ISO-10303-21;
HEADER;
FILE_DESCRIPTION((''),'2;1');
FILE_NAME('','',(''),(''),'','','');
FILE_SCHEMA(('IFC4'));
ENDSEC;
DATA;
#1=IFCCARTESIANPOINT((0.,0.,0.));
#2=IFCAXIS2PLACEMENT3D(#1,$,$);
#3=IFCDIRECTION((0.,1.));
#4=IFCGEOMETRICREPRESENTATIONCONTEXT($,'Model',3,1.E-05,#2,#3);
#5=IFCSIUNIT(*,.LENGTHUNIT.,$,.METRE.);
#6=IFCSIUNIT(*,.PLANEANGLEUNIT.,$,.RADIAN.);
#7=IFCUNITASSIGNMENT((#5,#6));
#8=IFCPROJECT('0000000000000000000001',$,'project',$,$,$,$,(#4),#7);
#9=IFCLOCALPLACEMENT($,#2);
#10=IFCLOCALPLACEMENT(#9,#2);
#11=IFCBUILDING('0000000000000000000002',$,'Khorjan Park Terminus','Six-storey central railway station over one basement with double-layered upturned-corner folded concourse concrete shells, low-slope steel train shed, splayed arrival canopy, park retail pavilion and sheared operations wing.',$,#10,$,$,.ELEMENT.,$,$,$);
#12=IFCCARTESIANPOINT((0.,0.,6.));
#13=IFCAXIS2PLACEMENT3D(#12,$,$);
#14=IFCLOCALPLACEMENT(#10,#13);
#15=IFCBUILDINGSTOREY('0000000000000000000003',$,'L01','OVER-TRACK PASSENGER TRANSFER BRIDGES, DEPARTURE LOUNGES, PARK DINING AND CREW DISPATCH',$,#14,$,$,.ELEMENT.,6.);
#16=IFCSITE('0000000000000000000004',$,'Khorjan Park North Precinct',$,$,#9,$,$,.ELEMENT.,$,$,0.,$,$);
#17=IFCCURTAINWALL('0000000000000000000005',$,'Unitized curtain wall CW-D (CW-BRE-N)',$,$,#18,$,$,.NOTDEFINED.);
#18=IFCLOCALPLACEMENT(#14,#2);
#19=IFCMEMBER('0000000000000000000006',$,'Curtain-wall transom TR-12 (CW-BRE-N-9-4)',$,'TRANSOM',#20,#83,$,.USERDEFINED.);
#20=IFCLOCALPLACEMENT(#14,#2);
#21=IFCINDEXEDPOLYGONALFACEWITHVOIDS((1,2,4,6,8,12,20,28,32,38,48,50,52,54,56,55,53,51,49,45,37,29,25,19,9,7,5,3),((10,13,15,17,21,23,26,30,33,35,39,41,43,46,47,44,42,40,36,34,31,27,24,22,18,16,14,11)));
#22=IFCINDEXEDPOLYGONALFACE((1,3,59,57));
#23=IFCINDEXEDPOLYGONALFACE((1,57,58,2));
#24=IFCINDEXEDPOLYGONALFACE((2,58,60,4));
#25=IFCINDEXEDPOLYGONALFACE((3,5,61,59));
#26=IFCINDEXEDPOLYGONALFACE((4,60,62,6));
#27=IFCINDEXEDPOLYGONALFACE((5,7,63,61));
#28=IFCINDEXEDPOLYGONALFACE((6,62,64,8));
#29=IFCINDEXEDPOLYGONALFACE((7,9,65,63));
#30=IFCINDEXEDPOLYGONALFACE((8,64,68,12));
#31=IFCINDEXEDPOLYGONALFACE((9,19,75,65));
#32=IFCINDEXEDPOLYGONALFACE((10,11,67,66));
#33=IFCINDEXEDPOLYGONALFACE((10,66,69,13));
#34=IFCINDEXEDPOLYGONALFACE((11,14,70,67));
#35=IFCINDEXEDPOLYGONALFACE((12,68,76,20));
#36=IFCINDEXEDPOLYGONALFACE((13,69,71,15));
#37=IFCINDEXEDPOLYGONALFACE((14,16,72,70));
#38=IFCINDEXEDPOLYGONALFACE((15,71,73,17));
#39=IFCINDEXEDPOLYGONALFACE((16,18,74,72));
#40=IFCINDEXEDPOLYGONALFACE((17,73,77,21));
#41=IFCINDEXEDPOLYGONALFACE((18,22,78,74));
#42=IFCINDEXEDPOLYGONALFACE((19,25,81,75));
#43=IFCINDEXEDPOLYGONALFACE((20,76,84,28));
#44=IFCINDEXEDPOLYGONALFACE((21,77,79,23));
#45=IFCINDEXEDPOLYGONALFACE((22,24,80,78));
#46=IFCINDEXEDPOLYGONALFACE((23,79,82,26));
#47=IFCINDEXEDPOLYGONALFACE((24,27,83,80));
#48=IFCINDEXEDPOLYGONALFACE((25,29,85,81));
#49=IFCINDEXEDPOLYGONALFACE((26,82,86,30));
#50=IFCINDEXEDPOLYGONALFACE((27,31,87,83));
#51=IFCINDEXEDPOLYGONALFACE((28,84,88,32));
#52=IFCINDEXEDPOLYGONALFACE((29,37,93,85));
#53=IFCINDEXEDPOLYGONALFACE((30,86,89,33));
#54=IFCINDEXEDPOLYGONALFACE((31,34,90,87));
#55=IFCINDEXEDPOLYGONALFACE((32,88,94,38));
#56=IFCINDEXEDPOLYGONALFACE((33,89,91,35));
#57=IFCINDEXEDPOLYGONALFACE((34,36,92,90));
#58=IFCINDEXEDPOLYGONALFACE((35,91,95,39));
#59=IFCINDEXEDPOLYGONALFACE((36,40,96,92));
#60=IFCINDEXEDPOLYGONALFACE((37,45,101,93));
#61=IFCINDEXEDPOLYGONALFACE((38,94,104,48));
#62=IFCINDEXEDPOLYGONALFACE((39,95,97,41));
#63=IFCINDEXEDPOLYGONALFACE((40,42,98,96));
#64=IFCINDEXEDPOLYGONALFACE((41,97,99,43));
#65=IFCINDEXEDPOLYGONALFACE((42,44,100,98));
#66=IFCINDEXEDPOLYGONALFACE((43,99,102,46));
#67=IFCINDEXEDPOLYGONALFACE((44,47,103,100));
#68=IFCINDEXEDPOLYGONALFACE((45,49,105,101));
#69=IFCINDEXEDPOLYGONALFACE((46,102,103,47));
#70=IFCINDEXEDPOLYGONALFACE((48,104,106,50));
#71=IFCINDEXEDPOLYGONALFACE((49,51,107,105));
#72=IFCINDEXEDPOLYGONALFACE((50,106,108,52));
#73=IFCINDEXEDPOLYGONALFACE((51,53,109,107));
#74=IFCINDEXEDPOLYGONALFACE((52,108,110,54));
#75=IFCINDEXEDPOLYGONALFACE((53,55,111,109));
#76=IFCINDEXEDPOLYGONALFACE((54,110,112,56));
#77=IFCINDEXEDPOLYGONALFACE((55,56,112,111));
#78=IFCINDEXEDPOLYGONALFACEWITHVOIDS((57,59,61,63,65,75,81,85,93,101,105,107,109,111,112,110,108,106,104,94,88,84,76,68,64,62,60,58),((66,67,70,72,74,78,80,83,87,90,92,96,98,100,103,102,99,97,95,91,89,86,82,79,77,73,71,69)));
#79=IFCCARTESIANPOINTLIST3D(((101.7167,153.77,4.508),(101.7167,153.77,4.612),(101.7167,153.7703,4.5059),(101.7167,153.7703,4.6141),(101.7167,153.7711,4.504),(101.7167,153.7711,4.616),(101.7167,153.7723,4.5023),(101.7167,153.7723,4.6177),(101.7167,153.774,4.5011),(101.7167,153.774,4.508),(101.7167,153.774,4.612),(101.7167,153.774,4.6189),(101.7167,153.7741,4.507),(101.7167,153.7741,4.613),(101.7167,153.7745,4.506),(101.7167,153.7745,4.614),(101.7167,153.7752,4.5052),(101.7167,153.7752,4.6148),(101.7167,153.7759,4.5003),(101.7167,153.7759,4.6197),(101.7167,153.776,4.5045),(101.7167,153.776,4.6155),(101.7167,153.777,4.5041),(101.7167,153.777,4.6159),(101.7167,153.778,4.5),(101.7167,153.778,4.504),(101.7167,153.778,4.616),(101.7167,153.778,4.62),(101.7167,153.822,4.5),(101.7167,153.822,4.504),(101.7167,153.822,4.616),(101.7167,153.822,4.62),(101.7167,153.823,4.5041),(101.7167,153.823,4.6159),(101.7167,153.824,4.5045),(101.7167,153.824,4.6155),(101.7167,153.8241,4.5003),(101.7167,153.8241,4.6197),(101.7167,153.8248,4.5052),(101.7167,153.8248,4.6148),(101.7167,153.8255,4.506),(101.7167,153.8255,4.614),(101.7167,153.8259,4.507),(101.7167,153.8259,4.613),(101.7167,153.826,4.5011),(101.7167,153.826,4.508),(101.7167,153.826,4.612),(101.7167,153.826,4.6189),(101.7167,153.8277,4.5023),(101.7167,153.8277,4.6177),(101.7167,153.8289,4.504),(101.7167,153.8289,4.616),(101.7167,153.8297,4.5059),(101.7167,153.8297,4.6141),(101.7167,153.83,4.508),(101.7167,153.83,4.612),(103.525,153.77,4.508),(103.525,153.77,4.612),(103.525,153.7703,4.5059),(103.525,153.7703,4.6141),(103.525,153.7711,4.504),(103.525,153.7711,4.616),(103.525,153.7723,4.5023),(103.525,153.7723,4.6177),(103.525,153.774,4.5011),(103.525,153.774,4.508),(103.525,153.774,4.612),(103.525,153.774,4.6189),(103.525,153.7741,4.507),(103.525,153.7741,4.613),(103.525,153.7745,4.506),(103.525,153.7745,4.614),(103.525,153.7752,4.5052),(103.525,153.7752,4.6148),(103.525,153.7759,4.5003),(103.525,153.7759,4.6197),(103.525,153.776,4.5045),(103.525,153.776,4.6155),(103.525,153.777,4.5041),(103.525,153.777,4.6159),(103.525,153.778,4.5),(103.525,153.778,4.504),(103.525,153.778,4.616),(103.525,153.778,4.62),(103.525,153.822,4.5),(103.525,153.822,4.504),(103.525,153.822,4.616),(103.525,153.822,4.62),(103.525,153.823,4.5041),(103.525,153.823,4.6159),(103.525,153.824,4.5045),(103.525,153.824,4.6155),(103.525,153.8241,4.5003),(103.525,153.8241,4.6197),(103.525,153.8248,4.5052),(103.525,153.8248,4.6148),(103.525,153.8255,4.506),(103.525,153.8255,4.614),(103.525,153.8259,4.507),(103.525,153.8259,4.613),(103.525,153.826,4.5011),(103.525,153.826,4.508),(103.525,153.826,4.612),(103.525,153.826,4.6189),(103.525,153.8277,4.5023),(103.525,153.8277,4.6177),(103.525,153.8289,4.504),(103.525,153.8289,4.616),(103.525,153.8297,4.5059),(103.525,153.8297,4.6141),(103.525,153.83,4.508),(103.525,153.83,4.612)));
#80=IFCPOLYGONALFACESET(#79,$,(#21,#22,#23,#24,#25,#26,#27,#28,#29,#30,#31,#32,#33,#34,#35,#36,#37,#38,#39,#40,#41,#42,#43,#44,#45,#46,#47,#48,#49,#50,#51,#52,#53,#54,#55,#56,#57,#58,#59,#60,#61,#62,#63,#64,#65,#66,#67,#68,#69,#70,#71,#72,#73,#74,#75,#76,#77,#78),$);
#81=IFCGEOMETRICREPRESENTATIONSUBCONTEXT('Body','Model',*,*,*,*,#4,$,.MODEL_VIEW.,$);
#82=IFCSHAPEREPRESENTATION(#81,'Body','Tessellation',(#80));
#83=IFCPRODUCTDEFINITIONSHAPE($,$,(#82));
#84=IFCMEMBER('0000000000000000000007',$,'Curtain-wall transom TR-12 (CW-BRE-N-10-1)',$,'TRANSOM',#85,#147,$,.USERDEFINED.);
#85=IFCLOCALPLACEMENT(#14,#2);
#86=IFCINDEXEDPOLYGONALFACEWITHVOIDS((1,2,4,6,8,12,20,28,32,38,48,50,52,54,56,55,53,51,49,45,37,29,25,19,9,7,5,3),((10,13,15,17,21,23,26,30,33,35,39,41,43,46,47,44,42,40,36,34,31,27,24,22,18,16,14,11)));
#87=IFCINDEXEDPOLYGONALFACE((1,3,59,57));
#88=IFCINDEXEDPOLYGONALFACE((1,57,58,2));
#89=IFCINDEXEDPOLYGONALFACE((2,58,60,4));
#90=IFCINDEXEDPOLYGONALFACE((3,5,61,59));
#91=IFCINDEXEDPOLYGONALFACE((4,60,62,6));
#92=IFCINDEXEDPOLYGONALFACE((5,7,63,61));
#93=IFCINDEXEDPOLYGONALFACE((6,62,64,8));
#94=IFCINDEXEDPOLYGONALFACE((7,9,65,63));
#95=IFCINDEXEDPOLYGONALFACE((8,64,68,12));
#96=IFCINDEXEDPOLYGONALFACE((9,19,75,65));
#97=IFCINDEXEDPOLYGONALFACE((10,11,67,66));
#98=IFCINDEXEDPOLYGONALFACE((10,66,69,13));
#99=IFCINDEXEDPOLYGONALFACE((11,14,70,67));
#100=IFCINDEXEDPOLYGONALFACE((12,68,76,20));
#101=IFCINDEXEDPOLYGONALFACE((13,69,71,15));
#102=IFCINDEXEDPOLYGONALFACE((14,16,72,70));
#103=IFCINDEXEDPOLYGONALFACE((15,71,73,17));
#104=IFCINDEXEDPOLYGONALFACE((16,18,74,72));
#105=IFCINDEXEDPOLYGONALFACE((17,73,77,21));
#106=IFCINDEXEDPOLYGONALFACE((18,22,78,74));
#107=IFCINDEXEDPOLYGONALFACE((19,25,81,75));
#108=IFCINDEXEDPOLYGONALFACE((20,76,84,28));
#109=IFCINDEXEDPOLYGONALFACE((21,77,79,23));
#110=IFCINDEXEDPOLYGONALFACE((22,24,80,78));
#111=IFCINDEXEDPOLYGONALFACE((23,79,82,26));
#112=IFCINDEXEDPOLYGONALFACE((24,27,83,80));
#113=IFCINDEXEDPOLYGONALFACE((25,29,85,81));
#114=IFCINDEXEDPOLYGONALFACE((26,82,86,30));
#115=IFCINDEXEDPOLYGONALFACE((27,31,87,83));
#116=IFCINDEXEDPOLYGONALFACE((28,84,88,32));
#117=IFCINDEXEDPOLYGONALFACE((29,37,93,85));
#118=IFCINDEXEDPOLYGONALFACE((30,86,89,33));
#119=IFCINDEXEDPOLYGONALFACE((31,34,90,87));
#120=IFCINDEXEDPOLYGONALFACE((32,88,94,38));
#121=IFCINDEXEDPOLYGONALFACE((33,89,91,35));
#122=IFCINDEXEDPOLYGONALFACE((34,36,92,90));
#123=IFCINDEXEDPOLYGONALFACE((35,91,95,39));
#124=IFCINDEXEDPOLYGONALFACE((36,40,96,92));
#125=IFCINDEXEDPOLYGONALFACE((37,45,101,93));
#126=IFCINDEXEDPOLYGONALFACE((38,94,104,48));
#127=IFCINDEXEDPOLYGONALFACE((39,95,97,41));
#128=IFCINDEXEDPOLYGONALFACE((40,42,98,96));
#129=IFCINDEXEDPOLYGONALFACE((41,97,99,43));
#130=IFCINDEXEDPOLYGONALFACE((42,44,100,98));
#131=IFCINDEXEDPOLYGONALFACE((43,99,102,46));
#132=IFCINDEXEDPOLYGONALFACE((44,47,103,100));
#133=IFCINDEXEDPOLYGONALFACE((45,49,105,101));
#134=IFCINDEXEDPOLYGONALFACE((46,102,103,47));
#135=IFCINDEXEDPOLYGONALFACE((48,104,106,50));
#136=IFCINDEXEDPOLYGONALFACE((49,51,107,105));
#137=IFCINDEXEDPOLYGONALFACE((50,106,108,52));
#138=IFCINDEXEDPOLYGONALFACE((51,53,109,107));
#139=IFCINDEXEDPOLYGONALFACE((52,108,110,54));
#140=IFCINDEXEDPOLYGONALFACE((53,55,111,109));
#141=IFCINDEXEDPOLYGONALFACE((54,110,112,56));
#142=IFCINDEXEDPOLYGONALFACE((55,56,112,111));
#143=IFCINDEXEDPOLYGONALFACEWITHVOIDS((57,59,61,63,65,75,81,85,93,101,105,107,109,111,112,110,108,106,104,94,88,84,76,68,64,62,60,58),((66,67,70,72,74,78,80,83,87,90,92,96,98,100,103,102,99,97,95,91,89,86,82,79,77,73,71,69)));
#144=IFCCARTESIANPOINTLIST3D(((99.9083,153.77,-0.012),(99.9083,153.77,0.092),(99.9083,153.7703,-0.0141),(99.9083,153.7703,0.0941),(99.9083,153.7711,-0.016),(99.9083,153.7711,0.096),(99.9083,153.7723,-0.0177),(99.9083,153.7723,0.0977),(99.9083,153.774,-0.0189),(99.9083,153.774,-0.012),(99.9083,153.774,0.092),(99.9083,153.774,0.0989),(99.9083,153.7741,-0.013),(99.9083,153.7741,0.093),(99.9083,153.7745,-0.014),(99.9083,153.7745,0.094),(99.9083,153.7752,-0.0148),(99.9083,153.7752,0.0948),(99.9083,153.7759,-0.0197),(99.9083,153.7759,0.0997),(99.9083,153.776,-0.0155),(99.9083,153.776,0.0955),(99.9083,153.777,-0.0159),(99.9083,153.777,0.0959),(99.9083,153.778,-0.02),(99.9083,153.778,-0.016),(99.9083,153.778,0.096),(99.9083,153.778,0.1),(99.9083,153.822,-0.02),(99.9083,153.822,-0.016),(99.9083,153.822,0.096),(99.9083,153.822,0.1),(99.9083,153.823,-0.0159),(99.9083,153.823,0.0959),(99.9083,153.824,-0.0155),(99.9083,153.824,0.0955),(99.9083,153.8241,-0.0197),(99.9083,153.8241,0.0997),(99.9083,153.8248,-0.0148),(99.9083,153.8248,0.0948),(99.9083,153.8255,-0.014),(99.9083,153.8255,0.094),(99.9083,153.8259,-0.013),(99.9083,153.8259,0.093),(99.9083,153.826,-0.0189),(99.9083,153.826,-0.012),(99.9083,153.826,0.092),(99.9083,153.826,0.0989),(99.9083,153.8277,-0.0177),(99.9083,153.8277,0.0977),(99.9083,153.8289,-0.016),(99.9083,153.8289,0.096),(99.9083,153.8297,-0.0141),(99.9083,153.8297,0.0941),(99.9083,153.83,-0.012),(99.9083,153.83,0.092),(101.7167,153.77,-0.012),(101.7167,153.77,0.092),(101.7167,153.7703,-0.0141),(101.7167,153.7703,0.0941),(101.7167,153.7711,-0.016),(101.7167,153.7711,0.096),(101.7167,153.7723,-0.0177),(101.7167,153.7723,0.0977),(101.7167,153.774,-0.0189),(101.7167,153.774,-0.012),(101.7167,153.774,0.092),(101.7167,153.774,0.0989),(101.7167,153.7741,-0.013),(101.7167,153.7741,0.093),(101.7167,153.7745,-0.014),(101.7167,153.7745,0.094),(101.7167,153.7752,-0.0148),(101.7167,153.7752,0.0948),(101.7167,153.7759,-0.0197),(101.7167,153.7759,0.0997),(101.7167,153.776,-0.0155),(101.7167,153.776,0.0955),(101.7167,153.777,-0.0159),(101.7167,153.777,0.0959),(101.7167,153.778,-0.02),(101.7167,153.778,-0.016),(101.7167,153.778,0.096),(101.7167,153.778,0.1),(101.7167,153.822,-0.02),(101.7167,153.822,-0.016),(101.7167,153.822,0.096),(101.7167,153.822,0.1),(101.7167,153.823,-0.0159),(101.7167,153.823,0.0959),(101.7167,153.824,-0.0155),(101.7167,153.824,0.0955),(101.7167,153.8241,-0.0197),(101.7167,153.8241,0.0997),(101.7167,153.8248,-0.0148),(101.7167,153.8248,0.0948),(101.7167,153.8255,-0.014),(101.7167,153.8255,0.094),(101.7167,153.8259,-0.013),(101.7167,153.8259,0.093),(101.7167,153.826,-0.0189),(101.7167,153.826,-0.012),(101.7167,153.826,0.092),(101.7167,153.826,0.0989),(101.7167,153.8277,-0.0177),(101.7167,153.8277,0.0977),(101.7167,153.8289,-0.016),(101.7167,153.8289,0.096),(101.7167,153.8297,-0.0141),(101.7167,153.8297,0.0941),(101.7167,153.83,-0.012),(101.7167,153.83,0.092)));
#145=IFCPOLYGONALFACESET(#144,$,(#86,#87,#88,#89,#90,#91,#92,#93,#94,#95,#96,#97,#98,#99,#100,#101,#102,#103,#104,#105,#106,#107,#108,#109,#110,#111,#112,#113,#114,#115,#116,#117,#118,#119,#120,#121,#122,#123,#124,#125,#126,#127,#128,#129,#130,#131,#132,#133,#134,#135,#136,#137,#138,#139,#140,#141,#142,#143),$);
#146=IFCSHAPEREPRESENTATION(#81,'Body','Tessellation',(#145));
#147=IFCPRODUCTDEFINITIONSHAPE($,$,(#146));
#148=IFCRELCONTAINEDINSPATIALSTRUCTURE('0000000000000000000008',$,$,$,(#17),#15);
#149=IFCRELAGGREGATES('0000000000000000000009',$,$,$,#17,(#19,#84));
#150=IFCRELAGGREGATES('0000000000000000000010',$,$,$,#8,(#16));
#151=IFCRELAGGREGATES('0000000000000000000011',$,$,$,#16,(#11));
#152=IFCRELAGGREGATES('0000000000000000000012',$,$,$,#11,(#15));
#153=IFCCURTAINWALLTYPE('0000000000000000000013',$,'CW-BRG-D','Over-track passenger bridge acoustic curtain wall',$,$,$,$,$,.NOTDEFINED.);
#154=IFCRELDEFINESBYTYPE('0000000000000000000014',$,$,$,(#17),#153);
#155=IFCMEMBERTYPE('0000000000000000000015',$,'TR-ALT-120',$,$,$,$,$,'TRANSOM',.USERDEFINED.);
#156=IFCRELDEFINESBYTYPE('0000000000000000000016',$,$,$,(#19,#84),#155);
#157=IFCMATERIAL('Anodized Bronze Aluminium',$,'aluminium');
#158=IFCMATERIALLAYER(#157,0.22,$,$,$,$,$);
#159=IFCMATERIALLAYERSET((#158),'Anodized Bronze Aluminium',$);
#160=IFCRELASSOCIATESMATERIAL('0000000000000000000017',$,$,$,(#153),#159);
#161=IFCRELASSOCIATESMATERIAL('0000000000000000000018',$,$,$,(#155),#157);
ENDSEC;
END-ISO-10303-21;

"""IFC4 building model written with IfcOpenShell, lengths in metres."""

from ifc_helpers import new_model, si_unit, direction, frame, origin, origin_2d, place, context, subcontext, project, spatial, hollow_rectangle, extrude, material, layer, layer_set, material_profile, profile_set, type_object, element, aggregate, save


model = new_model("IFC4")

# Units and contexts
model_context = context("Model", 3, precision=1e-05, world=origin(), true_north=direction((0.0, 1.0)))
body_context = subcontext(model_context, "Body", "Model", "MODEL_VIEW")
ifc_project = project(units=[si_unit("LENGTHUNIT", "METRE"), si_unit("PLANEANGLEUNIT", "RADIAN")], contexts=[model_context])

# Site, building, storey
site_placement = place(None, origin())
site = spatial("IfcSite", under=ifc_project, at=site_placement, Name="Khorjan Park North Precinct", CompositionType="ELEMENT", RefElevation=0.0)
building_placement = place(site_placement, origin())
building = spatial("IfcBuilding", under=site, at=building_placement, Name="Khorjan Park Terminus", Description="Six-storey central railway station over one basement with double-layered upturned-corner folded concourse concrete shells, low-slope steel train shed, splayed arrival canopy, park retail pavilion and sheared operations wing.", CompositionType="ELEMENT")
storey_placement = place(building_placement, frame((0.0, 0.0, 6.0)))
storey = spatial("IfcBuildingStorey", under=building, at=storey_placement, Name="L01", Description="OVER-TRACK PASSENGER TRANSFER BRIDGES, DEPARTURE LOUNGES, PARK DINING AND CREW DISPATCH", CompositionType="ELEMENT", Elevation=6.0)

# Curtain wall, members
ifc_material_1 = material(Name="Anodized Bronze Aluminium", Category="aluminium")
ifc_layer_1 = layer(ifc_material_1, 0.22)
ifc_layer_set_1 = layer_set([ifc_layer_1], Name="Anodized Bronze Aluminium")
curtain_wall_type = type_object("IfcCurtainWallType", Name="CW-BRG-D", Description="Over-track passenger bridge acoustic curtain wall", PredefinedType="NOTDEFINED", material=ifc_layer_set_1)
curtain_wall_placement = place(storey_placement, origin())
curtain_wall = element("IfcCurtainWall", 1, at=curtain_wall_placement, inside=storey, type_object=curtain_wall_type, Name="Unitized curtain wall CW-D (CW-BRE-N)", PredefinedType="NOTDEFINED")
ifc_material_profile_1 = material_profile(ifc_material_1, hollow_rectangle(XDim=0.06, YDim=0.12, WallThickness=0.004, InnerFilletRadius=0.004, OuterFilletRadius=0.008, at=origin_2d()), Name="ALT 60x120x4")
ifc_profile_set_1 = profile_set([ifc_material_profile_1], Name="Anodized Bronze Aluminium")
member_type_1 = type_object("IfcMemberType", Name="TR-ALT-120", ElementType="TRANSOM", PredefinedType="USERDEFINED", material=ifc_profile_set_1)
member_1_placement = place(storey_placement, frame((103.525, 153.8, 4.56), z_axis=(-1.0, 0.0, 0.0), x_axis=(0.0, -1.0, 0.0)))
member_1 = element("IfcMember", 2, at=member_1_placement, type_object=member_type_1, Name="Curtain-wall transom TR-12 (CW-BRE-N-9-4)", ObjectType="TRANSOM", PredefinedType="USERDEFINED", context=body_context, shape_type="SweptSolid", body=[
    extrude(hollow_rectangle(XDim=0.06, YDim=0.12, WallThickness=0.004, InnerFilletRadius=0.004, OuterFilletRadius=0.008, at=origin_2d()), origin(), (0.0, 0.0, 1.0), 1.8083),
])
member_2_placement = place(storey_placement, frame((101.7167, 153.8, 0.04), z_axis=(-1.0, 0.0, 0.0), x_axis=(0.0, -1.0, 0.0)))
member_2 = element("IfcMember", 3, at=member_2_placement, type_object=member_type_1, Name="Curtain-wall transom TR-12 (CW-BRE-N-10-1)", ObjectType="TRANSOM", PredefinedType="USERDEFINED", context=body_context, shape_type="SweptSolid", body=[
    extrude(hollow_rectangle(XDim=0.06, YDim=0.12, WallThickness=0.004, InnerFilletRadius=0.004, OuterFilletRadius=0.008, at=origin_2d()), origin(), (0.0, 0.0, 1.0), 1.8084),
])
aggregate(curtain_wall, [member_1, member_2])

save(model, "model.ifc")
